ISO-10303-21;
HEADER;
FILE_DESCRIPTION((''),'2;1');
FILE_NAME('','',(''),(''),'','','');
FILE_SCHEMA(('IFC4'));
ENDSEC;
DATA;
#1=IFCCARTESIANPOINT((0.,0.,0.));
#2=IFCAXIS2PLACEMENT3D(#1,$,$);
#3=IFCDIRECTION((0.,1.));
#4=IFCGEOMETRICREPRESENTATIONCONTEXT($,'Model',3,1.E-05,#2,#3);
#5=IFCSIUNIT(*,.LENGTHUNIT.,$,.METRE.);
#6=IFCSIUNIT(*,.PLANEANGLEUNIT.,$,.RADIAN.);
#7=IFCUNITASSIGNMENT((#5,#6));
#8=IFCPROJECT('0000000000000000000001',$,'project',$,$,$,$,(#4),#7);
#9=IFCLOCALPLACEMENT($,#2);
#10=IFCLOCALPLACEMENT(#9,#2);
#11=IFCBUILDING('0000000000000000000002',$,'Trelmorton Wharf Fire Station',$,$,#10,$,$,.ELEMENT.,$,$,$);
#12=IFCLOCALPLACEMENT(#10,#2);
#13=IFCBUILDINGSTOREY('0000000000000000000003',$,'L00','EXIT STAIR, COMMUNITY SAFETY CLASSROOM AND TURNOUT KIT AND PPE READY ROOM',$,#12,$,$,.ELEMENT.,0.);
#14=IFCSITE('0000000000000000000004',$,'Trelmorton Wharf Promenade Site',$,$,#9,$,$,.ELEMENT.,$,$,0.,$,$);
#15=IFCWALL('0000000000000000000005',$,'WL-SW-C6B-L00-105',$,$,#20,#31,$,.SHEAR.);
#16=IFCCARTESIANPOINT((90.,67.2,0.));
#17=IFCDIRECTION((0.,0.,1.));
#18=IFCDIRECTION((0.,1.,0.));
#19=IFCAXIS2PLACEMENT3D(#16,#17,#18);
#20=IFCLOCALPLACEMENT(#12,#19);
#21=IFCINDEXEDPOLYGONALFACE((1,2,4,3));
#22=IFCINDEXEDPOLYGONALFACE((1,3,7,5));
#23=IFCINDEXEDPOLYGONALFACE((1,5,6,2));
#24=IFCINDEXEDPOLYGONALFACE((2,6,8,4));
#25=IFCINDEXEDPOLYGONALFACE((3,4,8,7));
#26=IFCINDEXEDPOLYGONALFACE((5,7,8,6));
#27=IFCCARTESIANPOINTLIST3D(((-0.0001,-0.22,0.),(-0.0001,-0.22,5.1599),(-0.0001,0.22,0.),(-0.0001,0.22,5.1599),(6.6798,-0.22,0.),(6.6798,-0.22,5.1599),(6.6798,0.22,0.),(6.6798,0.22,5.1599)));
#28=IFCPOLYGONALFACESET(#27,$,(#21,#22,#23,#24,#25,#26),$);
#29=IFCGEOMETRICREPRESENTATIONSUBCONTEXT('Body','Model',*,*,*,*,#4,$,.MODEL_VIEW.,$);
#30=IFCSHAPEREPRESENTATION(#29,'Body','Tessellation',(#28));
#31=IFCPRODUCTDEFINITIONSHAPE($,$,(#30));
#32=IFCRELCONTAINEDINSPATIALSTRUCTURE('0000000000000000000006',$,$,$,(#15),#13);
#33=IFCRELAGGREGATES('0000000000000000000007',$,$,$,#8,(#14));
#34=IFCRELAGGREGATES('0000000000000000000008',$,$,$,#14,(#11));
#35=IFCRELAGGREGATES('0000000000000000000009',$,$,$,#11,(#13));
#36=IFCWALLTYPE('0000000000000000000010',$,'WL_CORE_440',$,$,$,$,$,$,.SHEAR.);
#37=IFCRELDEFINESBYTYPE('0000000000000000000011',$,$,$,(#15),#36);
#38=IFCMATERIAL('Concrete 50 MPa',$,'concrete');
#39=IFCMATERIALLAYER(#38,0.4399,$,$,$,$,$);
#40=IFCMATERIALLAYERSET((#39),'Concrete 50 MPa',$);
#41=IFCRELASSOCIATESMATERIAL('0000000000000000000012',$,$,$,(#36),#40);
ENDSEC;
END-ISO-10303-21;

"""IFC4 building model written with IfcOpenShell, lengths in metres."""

from ifc_helpers import new_model, si_unit, direction, frame, frame_2d, origin, place, context, subcontext, project, spatial, rectangle, extrude, material, layer, layer_set, type_object, element, save


model = new_model("IFC4")

# Units and contexts
model_context = context("Model", 3, precision=1e-05, world=origin(), true_north=direction((0.0, 1.0)))
body_context = subcontext(model_context, "Body", "Model", "MODEL_VIEW")
ifc_project = project(units=[si_unit("LENGTHUNIT", "METRE"), si_unit("PLANEANGLEUNIT", "RADIAN")], contexts=[model_context])

# Site, building, storey
site_placement = place(None, origin())
site = spatial("IfcSite", under=ifc_project, at=site_placement, Name="Trelmorton Wharf Promenade Site", CompositionType="ELEMENT", RefElevation=0.0)
building_placement = place(site_placement, origin())
building = spatial("IfcBuilding", under=site, at=building_placement, Name="Trelmorton Wharf Fire Station", CompositionType="ELEMENT")
storey_placement = place(building_placement, origin())
storey = spatial("IfcBuildingStorey", under=building, at=storey_placement, Name="L00", Description="EXIT STAIR, COMMUNITY SAFETY CLASSROOM AND TURNOUT KIT AND PPE READY ROOM", CompositionType="ELEMENT", Elevation=0.0)

# Wall
ifc_material_1 = material(Name="Concrete 50 MPa", Category="concrete")
ifc_layer_1 = layer(ifc_material_1, 0.4399)
ifc_layer_set_1 = layer_set([ifc_layer_1], Name="Concrete 50 MPa")
wall_type_1 = type_object("IfcWallType", Name="WL_CORE_440", PredefinedType="SHEAR", material=ifc_layer_set_1)
wall_1_placement = place(storey_placement, frame((90.0, 67.2, 0.0), z_axis=(0.0, 0.0, 1.0), x_axis=(0.0, 1.0, 0.0)))
element("IfcWall", 1, at=wall_1_placement, inside=storey, type_object=wall_type_1, Name="WL-SW-C6B-L00-105", PredefinedType="SHEAR", context=body_context, shape_type="SweptSolid", body=[
    extrude(rectangle(XDim=6.6799, YDim=0.4399, at=frame_2d((3.3398, 0.0))), origin(), (0.0, 0.0, 1.0), 5.1599),
])

save(model, "model.ifc")
